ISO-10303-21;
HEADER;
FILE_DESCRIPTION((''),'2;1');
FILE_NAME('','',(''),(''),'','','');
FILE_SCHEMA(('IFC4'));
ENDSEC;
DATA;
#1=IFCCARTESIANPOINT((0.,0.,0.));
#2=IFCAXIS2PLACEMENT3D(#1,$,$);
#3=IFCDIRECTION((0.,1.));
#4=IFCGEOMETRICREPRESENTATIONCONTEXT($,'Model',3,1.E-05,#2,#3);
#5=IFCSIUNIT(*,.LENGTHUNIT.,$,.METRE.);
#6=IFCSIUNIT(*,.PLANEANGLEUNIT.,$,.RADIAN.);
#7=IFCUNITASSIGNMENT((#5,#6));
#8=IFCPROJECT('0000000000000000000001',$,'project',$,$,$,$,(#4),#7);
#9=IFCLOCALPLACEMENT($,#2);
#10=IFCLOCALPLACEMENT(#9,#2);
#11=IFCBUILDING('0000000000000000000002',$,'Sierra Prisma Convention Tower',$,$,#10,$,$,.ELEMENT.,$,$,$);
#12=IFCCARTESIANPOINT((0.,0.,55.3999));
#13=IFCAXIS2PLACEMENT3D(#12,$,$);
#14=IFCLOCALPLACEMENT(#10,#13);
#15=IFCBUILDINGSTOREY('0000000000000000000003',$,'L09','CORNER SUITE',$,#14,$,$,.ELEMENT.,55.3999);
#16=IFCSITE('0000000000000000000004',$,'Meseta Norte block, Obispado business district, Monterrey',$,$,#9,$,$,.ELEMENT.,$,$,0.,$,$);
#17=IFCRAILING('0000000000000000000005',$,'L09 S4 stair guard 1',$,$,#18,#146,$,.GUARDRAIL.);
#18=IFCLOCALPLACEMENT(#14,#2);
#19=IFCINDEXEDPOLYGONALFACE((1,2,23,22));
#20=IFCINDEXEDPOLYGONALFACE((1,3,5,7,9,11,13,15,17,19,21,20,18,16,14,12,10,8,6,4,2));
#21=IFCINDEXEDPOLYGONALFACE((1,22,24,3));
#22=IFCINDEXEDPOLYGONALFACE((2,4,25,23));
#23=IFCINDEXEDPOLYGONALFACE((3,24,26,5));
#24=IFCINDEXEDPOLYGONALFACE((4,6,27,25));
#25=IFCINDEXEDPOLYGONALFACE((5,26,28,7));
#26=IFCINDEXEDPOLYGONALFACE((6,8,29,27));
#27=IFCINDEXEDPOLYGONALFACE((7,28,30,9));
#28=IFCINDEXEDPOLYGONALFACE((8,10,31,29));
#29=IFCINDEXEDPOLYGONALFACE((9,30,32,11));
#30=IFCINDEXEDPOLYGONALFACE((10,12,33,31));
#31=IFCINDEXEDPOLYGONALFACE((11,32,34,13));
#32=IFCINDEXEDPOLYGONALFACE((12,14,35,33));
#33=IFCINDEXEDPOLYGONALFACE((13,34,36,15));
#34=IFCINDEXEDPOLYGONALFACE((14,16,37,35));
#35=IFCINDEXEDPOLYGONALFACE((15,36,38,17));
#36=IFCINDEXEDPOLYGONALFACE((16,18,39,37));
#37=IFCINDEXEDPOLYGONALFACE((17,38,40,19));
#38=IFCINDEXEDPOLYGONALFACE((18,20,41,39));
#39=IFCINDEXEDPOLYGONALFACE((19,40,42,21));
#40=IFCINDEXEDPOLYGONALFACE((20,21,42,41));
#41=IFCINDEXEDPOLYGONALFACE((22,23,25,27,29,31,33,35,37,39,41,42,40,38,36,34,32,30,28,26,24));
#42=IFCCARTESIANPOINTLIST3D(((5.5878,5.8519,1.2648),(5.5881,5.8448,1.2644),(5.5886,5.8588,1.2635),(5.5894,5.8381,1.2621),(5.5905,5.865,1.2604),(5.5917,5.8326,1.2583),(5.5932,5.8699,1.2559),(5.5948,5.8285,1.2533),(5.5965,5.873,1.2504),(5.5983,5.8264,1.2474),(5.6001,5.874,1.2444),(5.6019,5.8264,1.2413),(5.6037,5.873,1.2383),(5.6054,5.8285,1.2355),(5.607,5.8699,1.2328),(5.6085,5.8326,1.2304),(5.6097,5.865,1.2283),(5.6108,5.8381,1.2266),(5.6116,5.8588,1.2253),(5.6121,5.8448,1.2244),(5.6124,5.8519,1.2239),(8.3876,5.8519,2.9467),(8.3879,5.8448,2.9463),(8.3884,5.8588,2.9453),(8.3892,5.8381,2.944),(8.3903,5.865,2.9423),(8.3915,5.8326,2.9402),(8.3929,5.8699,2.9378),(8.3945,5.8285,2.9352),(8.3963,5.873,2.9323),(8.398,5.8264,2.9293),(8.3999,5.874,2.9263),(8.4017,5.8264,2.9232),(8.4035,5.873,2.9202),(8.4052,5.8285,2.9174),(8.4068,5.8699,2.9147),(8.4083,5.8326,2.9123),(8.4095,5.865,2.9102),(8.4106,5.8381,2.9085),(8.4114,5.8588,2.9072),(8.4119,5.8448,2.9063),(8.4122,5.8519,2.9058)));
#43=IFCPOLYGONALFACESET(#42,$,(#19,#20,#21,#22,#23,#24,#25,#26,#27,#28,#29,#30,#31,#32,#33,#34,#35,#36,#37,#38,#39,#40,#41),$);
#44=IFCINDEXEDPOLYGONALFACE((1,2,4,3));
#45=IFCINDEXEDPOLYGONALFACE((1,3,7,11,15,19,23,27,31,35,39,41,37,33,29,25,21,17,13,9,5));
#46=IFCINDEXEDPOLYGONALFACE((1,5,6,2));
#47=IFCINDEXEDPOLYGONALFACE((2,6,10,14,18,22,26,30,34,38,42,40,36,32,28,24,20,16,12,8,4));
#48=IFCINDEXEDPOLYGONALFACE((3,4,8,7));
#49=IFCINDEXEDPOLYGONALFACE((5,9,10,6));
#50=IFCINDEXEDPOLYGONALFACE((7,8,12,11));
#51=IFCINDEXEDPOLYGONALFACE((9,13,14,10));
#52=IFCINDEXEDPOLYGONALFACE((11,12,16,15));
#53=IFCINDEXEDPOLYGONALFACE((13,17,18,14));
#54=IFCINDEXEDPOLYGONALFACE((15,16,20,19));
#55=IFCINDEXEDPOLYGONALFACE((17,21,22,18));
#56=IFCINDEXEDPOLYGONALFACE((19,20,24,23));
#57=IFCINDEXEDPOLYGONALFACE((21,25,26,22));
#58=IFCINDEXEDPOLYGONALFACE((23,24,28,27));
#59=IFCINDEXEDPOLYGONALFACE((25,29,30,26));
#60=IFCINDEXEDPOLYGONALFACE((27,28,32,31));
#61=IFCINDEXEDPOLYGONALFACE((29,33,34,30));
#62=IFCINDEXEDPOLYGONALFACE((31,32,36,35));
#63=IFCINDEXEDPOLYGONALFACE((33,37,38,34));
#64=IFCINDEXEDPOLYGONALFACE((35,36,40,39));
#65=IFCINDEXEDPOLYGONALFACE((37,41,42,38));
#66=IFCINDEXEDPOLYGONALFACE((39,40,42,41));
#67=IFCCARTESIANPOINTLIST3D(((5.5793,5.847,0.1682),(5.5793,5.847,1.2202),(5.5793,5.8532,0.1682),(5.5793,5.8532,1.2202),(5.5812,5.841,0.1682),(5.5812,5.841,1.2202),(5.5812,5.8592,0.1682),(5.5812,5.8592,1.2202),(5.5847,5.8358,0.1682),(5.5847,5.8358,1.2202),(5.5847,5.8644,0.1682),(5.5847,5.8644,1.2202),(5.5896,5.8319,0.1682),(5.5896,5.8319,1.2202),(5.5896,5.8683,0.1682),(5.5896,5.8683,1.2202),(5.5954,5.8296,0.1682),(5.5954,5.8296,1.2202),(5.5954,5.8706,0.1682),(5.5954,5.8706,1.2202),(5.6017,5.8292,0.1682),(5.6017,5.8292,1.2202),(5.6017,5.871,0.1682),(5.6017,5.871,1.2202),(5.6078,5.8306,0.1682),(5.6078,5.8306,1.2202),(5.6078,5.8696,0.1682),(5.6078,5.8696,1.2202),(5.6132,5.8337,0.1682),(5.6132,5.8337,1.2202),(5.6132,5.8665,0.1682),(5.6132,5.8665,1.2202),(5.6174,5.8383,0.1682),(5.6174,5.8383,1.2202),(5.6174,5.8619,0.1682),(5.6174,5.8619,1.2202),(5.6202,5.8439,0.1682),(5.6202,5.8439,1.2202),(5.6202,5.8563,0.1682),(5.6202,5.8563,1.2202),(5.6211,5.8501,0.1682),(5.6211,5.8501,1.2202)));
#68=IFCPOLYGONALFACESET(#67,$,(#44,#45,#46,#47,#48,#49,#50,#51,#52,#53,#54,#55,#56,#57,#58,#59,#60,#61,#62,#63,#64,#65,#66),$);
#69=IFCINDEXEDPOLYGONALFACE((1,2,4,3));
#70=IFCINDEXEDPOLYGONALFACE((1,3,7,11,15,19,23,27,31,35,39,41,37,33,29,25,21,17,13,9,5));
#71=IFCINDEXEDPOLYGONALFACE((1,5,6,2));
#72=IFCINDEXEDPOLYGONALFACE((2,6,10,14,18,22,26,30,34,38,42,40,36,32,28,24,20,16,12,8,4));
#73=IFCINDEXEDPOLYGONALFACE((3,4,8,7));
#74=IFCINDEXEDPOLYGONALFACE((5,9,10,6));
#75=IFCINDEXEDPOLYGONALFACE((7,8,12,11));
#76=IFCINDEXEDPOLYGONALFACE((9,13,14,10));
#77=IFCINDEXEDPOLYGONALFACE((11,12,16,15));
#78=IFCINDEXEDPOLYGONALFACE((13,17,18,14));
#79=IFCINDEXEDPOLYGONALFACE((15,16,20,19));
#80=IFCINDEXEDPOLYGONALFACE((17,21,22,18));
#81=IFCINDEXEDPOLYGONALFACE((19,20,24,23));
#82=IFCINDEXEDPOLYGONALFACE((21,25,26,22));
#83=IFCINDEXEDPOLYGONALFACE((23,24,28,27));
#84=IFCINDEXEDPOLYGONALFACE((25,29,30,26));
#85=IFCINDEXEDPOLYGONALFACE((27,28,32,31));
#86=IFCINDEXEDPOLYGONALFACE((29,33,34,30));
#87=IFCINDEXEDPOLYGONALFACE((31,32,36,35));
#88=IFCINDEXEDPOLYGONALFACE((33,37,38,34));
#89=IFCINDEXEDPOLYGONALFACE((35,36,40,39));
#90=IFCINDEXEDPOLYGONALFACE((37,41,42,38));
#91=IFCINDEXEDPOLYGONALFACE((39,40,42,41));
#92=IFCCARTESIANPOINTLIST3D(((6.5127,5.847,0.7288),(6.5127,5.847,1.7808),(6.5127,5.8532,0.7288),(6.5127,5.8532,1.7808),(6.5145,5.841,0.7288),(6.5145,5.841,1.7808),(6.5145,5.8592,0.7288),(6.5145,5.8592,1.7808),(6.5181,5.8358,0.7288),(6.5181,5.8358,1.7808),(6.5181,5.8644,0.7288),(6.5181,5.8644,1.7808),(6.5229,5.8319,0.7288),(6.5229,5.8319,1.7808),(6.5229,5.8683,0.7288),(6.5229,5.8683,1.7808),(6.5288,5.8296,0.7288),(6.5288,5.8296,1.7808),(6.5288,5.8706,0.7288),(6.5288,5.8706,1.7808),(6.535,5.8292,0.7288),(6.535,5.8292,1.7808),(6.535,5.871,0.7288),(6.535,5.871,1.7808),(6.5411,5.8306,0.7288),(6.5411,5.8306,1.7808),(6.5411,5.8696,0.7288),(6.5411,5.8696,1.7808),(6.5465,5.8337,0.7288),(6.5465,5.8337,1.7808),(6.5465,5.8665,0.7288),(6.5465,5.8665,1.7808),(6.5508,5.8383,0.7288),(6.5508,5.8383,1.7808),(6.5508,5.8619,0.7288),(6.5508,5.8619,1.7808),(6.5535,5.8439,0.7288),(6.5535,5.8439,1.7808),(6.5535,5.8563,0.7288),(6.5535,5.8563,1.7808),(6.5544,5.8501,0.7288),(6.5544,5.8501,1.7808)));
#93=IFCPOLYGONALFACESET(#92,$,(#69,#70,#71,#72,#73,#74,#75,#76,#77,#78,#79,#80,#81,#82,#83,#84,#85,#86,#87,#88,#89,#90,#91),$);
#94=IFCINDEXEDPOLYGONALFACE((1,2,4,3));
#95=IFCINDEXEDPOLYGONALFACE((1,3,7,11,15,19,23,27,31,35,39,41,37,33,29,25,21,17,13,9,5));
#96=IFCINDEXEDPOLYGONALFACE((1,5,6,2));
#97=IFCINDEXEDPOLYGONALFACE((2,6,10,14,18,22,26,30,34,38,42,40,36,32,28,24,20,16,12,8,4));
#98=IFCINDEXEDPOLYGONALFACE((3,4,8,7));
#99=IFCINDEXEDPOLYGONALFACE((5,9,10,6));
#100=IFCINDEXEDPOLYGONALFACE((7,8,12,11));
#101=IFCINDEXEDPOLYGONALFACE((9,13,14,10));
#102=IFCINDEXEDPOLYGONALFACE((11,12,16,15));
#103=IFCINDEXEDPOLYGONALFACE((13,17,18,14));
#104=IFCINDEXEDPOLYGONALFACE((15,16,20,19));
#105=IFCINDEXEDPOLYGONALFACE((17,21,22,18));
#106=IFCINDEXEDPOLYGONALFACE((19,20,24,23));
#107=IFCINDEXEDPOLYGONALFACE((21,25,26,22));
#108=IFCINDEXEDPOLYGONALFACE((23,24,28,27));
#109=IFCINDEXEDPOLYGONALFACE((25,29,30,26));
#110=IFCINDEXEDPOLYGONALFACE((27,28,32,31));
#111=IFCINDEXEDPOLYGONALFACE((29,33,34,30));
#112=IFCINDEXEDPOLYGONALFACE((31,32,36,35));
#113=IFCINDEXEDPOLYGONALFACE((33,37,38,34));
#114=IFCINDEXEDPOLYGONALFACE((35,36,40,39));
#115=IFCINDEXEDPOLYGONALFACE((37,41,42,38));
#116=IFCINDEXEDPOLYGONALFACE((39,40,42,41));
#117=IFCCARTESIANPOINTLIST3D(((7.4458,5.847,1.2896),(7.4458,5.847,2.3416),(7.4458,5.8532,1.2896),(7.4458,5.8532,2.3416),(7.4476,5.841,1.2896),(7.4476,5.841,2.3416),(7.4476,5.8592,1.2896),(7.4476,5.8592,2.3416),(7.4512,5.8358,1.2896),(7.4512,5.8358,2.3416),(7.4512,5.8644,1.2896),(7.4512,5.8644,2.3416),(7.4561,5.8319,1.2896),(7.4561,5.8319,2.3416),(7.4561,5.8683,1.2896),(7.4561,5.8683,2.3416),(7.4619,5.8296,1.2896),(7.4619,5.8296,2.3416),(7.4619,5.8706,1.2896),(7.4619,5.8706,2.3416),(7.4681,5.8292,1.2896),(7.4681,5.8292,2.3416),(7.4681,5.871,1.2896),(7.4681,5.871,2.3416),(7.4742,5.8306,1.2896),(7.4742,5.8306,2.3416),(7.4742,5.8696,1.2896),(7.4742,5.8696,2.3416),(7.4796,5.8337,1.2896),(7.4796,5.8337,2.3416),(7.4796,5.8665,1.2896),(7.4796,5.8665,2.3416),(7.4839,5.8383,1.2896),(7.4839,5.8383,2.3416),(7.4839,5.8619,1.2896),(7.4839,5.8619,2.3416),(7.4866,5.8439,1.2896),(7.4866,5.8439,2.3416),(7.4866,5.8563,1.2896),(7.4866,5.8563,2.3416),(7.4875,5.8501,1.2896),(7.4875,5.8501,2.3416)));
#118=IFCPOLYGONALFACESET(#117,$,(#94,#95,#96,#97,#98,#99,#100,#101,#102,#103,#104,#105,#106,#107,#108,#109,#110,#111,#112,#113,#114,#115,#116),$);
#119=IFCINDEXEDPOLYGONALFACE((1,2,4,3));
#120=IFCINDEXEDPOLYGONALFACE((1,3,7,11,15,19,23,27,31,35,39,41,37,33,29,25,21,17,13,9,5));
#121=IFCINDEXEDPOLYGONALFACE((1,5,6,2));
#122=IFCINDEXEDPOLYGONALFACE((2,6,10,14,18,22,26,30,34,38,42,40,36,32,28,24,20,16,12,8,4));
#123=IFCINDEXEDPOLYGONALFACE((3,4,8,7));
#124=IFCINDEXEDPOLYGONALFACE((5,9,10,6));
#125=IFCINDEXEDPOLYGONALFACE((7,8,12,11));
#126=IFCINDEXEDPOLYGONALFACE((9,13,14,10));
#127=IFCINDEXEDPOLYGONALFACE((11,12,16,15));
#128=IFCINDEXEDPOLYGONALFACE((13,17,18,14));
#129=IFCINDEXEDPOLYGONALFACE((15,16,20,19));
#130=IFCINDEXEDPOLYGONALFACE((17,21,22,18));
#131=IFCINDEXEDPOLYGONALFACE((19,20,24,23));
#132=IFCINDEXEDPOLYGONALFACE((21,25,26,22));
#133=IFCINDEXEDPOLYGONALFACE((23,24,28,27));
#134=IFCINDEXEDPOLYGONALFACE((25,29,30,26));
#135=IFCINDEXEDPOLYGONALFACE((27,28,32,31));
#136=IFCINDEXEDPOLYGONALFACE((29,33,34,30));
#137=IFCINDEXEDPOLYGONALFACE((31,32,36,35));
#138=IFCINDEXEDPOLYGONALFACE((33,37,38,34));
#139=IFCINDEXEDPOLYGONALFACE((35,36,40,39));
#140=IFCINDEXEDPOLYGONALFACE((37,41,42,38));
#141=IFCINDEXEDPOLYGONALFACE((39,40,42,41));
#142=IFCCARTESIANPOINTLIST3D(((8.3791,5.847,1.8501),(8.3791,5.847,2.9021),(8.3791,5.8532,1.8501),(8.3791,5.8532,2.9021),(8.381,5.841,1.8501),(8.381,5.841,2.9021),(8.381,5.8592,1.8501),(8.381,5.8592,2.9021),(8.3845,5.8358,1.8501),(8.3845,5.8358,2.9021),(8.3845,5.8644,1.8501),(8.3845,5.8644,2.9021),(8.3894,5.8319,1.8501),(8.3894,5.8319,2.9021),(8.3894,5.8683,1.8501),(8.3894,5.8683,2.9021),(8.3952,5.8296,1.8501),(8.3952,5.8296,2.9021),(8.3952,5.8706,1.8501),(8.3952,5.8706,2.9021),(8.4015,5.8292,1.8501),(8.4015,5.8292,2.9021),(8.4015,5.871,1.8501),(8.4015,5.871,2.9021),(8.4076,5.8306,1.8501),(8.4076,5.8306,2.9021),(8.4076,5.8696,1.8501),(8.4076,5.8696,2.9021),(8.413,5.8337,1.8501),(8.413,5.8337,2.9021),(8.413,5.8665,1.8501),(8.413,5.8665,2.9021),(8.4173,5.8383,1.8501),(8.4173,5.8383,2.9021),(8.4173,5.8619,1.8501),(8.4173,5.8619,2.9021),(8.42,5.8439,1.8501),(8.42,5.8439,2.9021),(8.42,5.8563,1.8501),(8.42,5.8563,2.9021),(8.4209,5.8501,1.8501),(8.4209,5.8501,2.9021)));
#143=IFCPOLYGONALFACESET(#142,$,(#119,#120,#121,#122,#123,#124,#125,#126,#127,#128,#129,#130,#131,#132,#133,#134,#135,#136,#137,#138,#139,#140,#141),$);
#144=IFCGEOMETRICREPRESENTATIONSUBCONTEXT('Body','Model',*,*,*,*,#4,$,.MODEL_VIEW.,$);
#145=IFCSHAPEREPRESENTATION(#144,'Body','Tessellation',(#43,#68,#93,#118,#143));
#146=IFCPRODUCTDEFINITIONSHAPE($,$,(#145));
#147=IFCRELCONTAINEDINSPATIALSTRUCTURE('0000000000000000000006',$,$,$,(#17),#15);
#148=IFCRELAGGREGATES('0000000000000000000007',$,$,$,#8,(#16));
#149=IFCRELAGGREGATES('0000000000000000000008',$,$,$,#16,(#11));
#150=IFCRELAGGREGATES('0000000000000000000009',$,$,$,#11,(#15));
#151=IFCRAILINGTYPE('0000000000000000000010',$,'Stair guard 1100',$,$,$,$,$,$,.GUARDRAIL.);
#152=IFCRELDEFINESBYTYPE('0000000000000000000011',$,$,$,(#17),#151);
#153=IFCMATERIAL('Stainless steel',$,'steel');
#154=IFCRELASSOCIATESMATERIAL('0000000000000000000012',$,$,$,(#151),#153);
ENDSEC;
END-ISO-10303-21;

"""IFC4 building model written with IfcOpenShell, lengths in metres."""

from ifc_helpers import new_model, si_unit, direction, frame, origin, origin_2d, place, context, subcontext, project, spatial, circle, extrude, material, type_object, element, save


model = new_model("IFC4")

# Units and contexts
model_context = context("Model", 3, precision=1e-05, world=origin(), true_north=direction((0.0, 1.0)))
body_context = subcontext(model_context, "Body", "Model", "MODEL_VIEW")
ifc_project = project(units=[si_unit("LENGTHUNIT", "METRE"), si_unit("PLANEANGLEUNIT", "RADIAN")], contexts=[model_context])

# Site, building, storey
site_placement = place(None, origin())
site = spatial("IfcSite", under=ifc_project, at=site_placement, Name="Meseta Norte block, Obispado business district, Monterrey", CompositionType="ELEMENT", RefElevation=0.0)
building_placement = place(site_placement, origin())
building = spatial("IfcBuilding", under=site, at=building_placement, Name="Sierra Prisma Convention Tower", CompositionType="ELEMENT")
storey_placement = place(building_placement, frame((0.0, 0.0, 55.3999)))
storey = spatial("IfcBuildingStorey", under=building, at=storey_placement, Name="L09", Description="CORNER SUITE", CompositionType="ELEMENT", Elevation=55.3999)

# Railing
ifc_material_1 = material(Name="Stainless steel", Category="steel")
railing_type_1 = type_object("IfcRailingType", Name="Stair guard 1100", PredefinedType="GUARDRAIL", material=ifc_material_1)
railing_1_placement = place(storey_placement, frame((5.6001, 5.8501, 0.1682)))
element("IfcRailing", 1, at=railing_1_placement, inside=storey, type_object=railing_type_1, Name="L09 S4 stair guard 1", PredefinedType="GUARDRAIL", context=body_context, shape_type="SweptSolid", body=[
    extrude(circle(Radius=0.0239, at=origin_2d()), frame((0.0, 0.0, 1.0762), z_axis=(0.857222, 0.0, 0.514946), x_axis=(0.0, 1.0, 0.0)), (0.0, 0.0, 1.0), 3.2661),
    extrude(circle(Radius=0.021, at=origin_2d()), origin(), (0.0, 0.0, 1.0), 1.052),
    extrude(circle(Radius=0.021, at=origin_2d()), frame((0.9333, 0.0, 0.5605)), (0.0, 0.0, 1.0), 1.052),
    extrude(circle(Radius=0.021, at=origin_2d()), frame((1.8665, 0.0, 1.1213)), (0.0, 0.0, 1.0), 1.052),
    extrude(circle(Radius=0.021, at=origin_2d()), frame((2.7998, 0.0, 1.6819)), (0.0, 0.0, 1.0), 1.052),
])

save(model, "model.ifc")
